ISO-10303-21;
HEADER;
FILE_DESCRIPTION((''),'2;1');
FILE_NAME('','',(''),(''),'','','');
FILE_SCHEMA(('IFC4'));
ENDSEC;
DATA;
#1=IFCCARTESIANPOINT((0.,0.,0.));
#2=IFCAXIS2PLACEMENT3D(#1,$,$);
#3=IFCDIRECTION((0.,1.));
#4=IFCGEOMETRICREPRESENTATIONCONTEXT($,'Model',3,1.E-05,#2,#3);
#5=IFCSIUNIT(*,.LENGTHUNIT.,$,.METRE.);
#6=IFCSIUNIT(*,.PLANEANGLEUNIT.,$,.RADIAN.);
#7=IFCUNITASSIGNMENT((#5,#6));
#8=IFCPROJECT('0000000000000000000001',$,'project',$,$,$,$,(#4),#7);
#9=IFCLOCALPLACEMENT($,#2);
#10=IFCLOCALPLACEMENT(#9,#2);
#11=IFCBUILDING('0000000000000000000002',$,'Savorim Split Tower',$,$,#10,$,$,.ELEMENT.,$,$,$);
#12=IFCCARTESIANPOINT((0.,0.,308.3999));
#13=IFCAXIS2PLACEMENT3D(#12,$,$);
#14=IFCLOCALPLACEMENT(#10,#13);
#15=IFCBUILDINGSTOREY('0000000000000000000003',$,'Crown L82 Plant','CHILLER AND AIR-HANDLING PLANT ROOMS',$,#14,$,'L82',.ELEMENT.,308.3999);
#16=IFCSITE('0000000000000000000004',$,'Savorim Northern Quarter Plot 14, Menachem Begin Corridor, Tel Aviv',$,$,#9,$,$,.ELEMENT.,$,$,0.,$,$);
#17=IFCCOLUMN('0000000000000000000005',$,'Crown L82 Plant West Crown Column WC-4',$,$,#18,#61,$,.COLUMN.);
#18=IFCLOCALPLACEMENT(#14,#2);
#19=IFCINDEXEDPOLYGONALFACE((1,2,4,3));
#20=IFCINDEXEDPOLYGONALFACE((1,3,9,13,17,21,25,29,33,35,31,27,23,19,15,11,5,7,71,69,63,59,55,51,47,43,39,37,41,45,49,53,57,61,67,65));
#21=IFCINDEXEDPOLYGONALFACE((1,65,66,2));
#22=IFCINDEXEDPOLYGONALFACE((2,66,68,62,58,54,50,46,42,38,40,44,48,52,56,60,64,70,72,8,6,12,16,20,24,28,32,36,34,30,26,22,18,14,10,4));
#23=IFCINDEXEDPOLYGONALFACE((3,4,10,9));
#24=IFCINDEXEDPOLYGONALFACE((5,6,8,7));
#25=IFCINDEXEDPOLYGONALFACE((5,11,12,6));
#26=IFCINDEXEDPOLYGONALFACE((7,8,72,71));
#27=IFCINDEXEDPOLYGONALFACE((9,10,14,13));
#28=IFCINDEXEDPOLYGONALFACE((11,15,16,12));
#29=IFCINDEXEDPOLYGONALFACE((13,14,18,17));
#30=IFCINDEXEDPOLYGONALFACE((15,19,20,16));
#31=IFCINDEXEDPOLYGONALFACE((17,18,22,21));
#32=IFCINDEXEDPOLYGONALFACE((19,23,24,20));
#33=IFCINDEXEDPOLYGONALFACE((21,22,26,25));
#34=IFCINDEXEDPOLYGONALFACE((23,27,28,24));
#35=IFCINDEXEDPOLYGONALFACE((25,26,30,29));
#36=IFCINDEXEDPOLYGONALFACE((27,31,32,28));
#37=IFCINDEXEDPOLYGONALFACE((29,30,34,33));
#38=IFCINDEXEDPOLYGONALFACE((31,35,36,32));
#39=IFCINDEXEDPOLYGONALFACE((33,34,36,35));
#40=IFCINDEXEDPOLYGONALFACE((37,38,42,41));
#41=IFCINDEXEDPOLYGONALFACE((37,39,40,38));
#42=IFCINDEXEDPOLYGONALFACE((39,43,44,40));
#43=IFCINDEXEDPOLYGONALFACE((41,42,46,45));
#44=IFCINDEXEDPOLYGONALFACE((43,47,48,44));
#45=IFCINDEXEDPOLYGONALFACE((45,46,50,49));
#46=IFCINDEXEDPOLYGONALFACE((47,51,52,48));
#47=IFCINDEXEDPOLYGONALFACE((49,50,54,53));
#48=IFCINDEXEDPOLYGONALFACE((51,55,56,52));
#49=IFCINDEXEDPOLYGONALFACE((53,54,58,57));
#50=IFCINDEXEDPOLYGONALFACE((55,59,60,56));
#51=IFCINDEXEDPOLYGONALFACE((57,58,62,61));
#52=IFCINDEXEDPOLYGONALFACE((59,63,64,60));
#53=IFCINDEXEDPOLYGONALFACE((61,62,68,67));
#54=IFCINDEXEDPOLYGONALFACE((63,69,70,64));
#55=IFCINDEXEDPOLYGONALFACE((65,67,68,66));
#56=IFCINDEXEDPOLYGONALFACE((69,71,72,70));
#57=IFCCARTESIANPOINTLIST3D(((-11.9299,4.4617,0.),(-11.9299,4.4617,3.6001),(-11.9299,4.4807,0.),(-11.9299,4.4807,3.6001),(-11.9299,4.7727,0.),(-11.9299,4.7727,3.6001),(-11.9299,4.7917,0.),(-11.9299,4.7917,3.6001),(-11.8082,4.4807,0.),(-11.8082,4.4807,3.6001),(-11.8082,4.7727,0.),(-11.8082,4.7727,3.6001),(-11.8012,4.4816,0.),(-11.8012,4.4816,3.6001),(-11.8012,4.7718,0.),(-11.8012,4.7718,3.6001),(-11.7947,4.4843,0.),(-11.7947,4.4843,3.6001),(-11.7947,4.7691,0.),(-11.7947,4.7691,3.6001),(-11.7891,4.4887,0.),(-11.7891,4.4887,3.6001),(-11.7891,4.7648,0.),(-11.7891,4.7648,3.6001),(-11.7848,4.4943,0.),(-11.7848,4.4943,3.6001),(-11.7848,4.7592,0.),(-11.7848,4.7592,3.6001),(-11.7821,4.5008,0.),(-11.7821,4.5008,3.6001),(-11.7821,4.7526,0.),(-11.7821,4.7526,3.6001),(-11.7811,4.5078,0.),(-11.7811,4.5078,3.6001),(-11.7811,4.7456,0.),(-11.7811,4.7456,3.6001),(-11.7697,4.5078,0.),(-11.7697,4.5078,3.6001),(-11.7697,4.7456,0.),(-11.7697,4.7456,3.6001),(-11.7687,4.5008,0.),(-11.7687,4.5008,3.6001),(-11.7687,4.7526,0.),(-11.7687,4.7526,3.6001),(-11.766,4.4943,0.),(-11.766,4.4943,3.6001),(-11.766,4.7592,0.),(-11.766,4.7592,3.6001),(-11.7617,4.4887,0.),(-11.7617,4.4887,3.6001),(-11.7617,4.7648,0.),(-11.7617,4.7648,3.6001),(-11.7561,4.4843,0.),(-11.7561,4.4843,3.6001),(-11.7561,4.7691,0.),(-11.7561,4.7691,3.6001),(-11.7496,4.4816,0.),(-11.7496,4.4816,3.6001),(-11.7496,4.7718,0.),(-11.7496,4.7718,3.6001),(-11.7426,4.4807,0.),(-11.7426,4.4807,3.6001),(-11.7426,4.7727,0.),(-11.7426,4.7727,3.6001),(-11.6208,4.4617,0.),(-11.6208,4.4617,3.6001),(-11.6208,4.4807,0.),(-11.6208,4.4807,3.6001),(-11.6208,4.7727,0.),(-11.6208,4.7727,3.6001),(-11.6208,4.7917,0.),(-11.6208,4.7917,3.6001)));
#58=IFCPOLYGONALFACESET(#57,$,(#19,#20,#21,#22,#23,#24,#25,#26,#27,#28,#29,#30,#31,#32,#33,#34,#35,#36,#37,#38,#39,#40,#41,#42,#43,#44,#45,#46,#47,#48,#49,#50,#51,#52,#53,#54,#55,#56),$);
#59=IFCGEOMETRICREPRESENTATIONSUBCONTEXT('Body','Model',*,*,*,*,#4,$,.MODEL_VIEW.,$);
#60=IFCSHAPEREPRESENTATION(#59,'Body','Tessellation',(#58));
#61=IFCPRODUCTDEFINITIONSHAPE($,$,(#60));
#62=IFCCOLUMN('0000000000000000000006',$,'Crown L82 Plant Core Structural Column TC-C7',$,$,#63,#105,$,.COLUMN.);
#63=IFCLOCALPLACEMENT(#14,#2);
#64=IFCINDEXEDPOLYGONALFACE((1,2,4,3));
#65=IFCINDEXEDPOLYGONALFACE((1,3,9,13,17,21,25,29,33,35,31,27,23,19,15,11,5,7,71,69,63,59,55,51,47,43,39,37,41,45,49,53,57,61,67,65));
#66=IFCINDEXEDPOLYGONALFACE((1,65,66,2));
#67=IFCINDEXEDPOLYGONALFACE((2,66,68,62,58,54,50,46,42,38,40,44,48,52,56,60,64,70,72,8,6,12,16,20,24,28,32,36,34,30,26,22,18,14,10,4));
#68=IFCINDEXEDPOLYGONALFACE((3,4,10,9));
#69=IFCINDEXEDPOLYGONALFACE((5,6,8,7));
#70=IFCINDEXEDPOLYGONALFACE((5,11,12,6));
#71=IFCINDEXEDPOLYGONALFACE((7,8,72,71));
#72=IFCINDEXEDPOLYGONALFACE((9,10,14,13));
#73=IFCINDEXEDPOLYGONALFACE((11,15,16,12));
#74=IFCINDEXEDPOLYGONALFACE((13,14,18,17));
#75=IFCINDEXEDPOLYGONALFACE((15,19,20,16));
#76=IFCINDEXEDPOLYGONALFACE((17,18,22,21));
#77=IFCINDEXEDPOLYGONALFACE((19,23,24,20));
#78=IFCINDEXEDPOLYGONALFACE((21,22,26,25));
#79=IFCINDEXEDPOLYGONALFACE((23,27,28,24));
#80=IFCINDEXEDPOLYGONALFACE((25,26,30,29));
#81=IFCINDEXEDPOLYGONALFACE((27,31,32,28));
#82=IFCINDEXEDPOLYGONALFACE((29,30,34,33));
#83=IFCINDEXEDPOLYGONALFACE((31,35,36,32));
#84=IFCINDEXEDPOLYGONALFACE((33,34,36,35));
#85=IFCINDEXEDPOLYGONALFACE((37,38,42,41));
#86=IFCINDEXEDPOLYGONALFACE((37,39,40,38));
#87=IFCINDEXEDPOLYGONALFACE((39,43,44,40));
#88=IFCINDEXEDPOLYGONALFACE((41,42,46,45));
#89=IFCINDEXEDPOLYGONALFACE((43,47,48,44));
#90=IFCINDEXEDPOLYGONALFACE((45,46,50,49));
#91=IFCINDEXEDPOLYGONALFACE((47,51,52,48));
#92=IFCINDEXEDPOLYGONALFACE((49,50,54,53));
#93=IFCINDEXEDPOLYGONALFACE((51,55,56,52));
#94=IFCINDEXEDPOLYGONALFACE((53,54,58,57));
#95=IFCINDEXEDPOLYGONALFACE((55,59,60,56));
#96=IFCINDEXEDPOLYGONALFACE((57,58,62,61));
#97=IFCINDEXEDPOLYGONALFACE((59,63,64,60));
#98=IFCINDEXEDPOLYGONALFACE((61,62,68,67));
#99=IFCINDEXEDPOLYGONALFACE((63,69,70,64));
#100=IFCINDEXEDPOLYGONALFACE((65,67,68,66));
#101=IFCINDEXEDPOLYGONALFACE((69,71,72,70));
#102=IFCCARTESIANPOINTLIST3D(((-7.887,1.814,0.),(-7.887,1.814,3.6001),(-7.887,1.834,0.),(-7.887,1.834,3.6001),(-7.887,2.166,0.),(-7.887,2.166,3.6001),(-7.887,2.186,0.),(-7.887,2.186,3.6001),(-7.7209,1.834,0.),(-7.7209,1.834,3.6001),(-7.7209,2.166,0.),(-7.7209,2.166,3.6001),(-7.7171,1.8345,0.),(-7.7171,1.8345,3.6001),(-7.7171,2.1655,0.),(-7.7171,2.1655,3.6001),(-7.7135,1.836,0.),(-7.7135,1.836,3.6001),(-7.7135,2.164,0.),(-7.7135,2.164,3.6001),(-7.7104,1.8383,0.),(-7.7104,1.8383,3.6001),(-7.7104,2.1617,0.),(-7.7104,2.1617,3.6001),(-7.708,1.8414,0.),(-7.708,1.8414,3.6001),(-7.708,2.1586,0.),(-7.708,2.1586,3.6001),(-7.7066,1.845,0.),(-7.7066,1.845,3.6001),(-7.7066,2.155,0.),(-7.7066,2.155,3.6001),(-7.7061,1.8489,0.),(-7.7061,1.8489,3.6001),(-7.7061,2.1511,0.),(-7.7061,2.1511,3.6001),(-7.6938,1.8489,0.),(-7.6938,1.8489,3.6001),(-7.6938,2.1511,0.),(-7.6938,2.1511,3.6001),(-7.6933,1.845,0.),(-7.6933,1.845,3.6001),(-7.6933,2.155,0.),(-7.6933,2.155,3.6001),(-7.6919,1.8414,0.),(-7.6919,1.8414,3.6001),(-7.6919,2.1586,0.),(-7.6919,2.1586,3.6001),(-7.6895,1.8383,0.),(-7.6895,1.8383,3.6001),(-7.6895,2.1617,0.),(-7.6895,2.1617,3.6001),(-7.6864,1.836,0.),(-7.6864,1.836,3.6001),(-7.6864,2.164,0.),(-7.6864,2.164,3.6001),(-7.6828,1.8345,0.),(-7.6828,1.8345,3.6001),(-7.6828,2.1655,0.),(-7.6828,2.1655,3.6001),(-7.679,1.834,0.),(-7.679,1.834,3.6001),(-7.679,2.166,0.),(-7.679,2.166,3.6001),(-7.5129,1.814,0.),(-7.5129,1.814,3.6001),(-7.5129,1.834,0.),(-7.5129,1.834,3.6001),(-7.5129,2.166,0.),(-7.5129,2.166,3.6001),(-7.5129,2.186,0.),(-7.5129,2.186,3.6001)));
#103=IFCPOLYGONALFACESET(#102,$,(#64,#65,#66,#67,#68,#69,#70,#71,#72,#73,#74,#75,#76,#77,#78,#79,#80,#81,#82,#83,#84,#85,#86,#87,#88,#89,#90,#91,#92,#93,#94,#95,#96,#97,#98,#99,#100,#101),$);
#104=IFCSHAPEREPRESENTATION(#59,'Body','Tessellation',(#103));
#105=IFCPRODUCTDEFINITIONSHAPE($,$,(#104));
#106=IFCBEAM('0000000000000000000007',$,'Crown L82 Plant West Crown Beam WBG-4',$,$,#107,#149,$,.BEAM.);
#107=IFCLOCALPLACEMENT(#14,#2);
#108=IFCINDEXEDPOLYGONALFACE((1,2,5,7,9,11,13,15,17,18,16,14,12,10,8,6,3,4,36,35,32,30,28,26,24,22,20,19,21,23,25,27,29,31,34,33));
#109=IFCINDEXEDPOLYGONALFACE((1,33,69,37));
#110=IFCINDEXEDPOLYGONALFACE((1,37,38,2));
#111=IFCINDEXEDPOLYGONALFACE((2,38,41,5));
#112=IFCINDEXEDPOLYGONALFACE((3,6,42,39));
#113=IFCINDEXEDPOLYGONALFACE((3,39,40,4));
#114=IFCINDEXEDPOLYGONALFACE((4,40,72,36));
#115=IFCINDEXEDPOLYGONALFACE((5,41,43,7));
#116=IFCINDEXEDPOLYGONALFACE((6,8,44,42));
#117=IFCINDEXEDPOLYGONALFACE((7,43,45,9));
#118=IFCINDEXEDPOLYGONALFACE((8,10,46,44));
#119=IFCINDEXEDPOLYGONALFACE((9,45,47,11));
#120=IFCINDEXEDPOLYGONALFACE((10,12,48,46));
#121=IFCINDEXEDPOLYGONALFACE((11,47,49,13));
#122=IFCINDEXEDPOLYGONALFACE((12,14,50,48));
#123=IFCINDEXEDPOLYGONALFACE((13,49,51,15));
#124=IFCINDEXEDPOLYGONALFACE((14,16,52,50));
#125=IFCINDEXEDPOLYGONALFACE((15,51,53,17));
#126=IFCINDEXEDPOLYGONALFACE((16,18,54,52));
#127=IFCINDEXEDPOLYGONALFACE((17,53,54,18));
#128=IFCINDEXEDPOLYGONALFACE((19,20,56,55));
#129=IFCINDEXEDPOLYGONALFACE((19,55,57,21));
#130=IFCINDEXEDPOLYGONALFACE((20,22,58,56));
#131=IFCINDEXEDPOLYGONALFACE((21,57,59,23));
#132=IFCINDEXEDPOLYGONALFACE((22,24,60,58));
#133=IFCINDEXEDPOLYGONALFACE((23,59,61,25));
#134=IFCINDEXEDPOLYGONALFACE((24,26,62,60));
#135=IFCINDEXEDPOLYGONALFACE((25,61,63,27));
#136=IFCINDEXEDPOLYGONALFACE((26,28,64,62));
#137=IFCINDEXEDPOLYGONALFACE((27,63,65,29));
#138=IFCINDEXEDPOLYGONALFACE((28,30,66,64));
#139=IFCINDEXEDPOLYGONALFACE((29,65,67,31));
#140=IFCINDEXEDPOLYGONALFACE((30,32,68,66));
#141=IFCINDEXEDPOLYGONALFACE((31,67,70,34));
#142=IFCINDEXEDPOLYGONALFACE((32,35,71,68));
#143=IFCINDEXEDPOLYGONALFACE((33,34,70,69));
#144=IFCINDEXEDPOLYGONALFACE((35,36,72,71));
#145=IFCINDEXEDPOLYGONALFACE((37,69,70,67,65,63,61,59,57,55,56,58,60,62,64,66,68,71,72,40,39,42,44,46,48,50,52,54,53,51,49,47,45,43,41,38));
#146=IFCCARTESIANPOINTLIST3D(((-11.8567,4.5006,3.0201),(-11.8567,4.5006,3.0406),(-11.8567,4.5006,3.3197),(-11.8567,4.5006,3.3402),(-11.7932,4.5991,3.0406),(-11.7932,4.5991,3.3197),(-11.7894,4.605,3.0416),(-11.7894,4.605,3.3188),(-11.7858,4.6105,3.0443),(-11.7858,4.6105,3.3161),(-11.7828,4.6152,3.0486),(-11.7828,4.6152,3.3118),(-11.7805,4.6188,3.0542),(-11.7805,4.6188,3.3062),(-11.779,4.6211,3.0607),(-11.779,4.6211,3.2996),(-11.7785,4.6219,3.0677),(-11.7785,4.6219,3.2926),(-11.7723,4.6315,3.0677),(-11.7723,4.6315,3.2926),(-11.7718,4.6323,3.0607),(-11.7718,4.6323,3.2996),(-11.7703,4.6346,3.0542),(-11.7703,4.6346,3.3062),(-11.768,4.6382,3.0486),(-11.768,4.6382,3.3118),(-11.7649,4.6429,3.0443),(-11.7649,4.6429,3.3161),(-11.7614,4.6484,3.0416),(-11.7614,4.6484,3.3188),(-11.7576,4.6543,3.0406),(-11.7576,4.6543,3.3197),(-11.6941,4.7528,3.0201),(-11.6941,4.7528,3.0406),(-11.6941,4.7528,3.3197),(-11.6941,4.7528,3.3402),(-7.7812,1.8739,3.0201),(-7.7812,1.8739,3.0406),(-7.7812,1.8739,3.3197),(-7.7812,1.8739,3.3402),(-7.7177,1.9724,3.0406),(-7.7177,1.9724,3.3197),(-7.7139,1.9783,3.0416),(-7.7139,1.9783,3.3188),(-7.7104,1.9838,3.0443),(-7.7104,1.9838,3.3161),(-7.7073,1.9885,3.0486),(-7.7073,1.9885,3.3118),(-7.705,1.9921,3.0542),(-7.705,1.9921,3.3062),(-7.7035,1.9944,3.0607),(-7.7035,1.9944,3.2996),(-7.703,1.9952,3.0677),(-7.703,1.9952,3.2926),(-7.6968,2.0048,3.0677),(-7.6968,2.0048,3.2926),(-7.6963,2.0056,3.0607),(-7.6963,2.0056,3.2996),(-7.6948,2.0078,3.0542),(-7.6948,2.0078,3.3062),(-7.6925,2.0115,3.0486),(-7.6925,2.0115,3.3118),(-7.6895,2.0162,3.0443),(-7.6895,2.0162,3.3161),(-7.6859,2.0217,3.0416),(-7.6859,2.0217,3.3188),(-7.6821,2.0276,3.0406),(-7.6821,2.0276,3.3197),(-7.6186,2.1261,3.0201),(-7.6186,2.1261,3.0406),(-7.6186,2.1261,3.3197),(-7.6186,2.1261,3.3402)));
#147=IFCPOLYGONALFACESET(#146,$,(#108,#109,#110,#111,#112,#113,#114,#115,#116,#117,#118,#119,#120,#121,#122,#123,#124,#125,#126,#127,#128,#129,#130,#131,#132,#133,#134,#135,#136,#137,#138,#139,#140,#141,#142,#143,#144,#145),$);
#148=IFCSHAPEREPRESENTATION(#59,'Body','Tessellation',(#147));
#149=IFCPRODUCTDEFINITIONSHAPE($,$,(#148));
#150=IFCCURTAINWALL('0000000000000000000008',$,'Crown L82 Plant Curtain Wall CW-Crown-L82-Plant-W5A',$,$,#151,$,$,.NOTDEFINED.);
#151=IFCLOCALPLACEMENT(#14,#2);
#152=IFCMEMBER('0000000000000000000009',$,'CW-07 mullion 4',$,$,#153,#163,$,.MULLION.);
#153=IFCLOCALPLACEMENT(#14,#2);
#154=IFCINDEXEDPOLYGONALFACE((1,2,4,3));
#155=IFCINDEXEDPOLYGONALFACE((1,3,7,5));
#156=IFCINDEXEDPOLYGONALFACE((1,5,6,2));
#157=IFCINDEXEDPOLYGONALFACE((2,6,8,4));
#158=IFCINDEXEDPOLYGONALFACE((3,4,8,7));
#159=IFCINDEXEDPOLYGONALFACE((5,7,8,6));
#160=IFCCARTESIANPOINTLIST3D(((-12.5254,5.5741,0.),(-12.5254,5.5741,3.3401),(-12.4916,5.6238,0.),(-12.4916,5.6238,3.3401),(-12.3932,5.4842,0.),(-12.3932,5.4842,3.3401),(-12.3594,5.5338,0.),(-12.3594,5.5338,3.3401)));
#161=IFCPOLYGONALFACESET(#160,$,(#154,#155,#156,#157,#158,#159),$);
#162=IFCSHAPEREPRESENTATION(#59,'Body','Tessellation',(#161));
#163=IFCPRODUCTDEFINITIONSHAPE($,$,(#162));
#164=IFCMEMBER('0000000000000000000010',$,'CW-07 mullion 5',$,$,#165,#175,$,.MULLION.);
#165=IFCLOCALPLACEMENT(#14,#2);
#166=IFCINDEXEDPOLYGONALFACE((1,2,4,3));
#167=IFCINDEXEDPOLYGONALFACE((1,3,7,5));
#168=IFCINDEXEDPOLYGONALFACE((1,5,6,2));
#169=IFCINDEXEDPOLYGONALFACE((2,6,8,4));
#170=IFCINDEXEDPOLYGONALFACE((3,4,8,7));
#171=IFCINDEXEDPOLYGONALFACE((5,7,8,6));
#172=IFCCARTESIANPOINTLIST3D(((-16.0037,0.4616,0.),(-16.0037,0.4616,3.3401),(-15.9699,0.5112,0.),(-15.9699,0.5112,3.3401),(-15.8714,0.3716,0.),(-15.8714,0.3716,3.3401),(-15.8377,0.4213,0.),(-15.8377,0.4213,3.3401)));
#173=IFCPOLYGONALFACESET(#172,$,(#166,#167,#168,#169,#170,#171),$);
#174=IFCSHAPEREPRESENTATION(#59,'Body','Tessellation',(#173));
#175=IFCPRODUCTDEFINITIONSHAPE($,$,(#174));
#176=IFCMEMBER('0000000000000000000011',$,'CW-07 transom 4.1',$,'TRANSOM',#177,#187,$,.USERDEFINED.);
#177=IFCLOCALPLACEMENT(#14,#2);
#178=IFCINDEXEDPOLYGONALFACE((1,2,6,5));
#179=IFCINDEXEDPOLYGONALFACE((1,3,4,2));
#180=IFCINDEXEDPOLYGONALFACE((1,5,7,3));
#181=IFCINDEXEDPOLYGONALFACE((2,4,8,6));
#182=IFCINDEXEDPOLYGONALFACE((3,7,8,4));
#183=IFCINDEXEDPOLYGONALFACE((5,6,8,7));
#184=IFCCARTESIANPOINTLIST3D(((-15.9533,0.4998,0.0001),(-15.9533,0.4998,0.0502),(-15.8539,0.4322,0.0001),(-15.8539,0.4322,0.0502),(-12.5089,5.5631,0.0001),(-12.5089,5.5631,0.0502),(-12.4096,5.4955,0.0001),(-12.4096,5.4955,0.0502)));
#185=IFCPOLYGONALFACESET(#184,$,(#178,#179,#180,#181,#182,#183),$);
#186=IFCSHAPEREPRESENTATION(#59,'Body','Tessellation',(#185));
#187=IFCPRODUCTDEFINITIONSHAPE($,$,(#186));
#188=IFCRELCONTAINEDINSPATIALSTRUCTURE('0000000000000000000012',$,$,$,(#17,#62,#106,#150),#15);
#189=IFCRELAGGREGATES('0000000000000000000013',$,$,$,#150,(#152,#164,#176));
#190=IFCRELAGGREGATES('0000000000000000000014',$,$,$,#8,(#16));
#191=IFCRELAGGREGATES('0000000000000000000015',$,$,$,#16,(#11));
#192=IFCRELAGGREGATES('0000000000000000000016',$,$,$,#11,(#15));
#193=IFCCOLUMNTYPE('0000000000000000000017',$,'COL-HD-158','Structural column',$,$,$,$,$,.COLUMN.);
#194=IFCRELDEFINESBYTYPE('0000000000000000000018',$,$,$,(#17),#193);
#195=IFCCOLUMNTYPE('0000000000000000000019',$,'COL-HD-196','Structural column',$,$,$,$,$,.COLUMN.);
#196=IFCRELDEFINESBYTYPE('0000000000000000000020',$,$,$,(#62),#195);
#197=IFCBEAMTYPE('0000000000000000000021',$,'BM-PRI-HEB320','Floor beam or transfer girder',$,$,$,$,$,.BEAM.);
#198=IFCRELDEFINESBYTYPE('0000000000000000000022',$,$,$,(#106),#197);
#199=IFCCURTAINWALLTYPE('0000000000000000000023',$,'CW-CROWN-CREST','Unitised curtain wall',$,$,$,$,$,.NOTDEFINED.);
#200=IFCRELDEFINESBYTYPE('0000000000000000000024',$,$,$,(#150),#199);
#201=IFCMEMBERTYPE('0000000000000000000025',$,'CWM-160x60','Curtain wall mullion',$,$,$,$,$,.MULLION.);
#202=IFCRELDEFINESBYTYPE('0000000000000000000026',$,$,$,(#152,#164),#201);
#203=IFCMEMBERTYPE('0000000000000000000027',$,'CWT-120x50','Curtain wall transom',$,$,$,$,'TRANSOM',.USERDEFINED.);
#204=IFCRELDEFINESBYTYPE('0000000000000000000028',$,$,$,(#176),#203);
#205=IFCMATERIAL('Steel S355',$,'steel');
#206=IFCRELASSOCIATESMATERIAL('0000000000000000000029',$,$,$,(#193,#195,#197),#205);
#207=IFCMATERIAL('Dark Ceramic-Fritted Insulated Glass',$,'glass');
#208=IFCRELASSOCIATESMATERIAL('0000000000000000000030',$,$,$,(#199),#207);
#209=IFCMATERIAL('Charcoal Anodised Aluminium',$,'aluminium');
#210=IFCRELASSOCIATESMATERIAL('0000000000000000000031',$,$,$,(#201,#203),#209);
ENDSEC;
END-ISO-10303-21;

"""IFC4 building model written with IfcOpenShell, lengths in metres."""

from ifc_helpers import new_model, si_unit, direction, frame, origin, origin_2d, place, context, subcontext, project, spatial, rectangle, i_section, extrude, material, material_profile, profile_set, type_object, element, aggregate, save


model = new_model("IFC4")

# Units and contexts
model_context = context("Model", 3, precision=1e-05, world=origin(), true_north=direction((0.0, 1.0)))
body_context = subcontext(model_context, "Body", "Model", "MODEL_VIEW")
ifc_project = project(units=[si_unit("LENGTHUNIT", "METRE"), si_unit("PLANEANGLEUNIT", "RADIAN")], contexts=[model_context])

# Site, building, storey
site_placement = place(None, origin())
site = spatial("IfcSite", under=ifc_project, at=site_placement, Name="Savorim Northern Quarter Plot 14, Menachem Begin Corridor, Tel Aviv", CompositionType="ELEMENT", RefElevation=0.0)
building_placement = place(site_placement, origin())
building = spatial("IfcBuilding", under=site, at=building_placement, Name="Savorim Split Tower", CompositionType="ELEMENT")
storey_placement = place(building_placement, frame((0.0, 0.0, 308.3999)))
storey = spatial("IfcBuildingStorey", under=building, at=storey_placement, Name="Crown L82 Plant", Description="CHILLER AND AIR-HANDLING PLANT ROOMS", LongName="L82", CompositionType="ELEMENT", Elevation=308.3999)

# Columns
ifc_material_1 = material(Name="Steel S355", Category="steel")
ifc_material_profile_1 = material_profile(ifc_material_1, i_section(OverallWidth=0.3091, OverallDepth=0.3301, WebThickness=0.0115, FlangeThickness=0.019, FilletRadius=0.0271, at=origin_2d()), Name="HD 320x158")
ifc_profile_set_1 = profile_set([ifc_material_profile_1], Name="Steel S355")
column_type_1 = type_object("IfcColumnType", Name="COL-HD-158", Description="Structural column", PredefinedType="COLUMN", material=ifc_profile_set_1)
column_1_placement = place(storey_placement, frame((-11.7754, 4.6267, 0.0), z_axis=(0.0, 0.0, 1.0), x_axis=(1.0, 0.0, 0.0)))
element("IfcColumn", 1, at=column_1_placement, inside=storey, type_object=column_type_1, Name="Crown L82 Plant West Crown Column WC-4", PredefinedType="COLUMN", context=body_context, shape_type="SweptSolid", body=[
    extrude(i_section(OverallWidth=0.3091, OverallDepth=0.3301, WebThickness=0.0115, FlangeThickness=0.019, FilletRadius=0.0271, at=origin_2d()), origin(), (0.0, 0.0, 1.0), 3.6001),
])
ifc_material_profile_2 = material_profile(ifc_material_1, i_section(OverallWidth=0.374, OverallDepth=0.3721, WebThickness=0.0122, FlangeThickness=0.02, FilletRadius=0.0149, at=origin_2d()), Name="HD 360x196")
ifc_profile_set_2 = profile_set([ifc_material_profile_2], Name="Steel S355")
column_type_2 = type_object("IfcColumnType", Name="COL-HD-196", Description="Structural column", PredefinedType="COLUMN", material=ifc_profile_set_2)
column_2_placement = place(storey_placement, frame((-7.7, 2.0, 0.0), z_axis=(0.0, 0.0, 1.0), x_axis=(1.0, 0.0, 0.0)))
element("IfcColumn", 2, at=column_2_placement, inside=storey, type_object=column_type_2, Name="Crown L82 Plant Core Structural Column TC-C7", PredefinedType="COLUMN", context=body_context, shape_type="SweptSolid", body=[
    extrude(i_section(OverallWidth=0.374, OverallDepth=0.3721, WebThickness=0.0122, FlangeThickness=0.02, FilletRadius=0.0149, at=origin_2d()), origin(), (0.0, 0.0, 1.0), 3.6001),
])

# Beam
ifc_material_profile_3 = material_profile(ifc_material_1, i_section(OverallWidth=0.3, OverallDepth=0.3201, WebThickness=0.0115, FlangeThickness=0.0205, FilletRadius=0.0271, at=origin_2d()), Name="HEB 320")
ifc_profile_set_3 = profile_set([ifc_material_profile_3], Name="Steel S355")
beam_type = type_object("IfcBeamType", Name="BM-PRI-HEB320", Description="Floor beam or transfer girder", PredefinedType="BEAM", material=ifc_profile_set_3)
beam_placement = place(storey_placement, frame((-11.7754, 4.6267, 3.1802), z_axis=(0.840541, -0.541747, 0.0), x_axis=(0.541747, 0.840541, 0.0)))
element("IfcBeam", 3, at=beam_placement, inside=storey, type_object=beam_type, Name="Crown L82 Plant West Crown Beam WBG-4", PredefinedType="BEAM", context=body_context, shape_type="SweptSolid", body=[
    extrude(i_section(OverallWidth=0.3, OverallDepth=0.3201, WebThickness=0.0115, FlangeThickness=0.0205, FilletRadius=0.0271, at=origin_2d()), origin(), (0.0, 0.0, 1.0), 4.8486),
])

# Curtain wall, members
ifc_material_2 = material(Name="Dark Ceramic-Fritted Insulated Glass", Category="glass")
curtain_wall_type = type_object("IfcCurtainWallType", Name="CW-CROWN-CREST", Description="Unitised curtain wall", PredefinedType="NOTDEFINED", material=ifc_material_2)
curtain_wall_placement = place(storey_placement, origin())
curtain_wall = element("IfcCurtainWall", 4, at=curtain_wall_placement, inside=storey, type_object=curtain_wall_type, Name="Crown L82 Plant Curtain Wall CW-Crown-L82-Plant-W5A", PredefinedType="NOTDEFINED")
ifc_material_3 = material(Name="Charcoal Anodised Aluminium", Category="aluminium")
ifc_material_profile_4 = material_profile(ifc_material_3, rectangle(XDim=0.1599, YDim=0.0601, at=origin_2d()), Name="ALU-M 160x60")
ifc_profile_set_4 = profile_set([ifc_material_profile_4], Name="Charcoal Anodised Aluminium")
member_type_1 = type_object("IfcMemberType", Name="CWM-160x60", Description="Curtain wall mullion", PredefinedType="MULLION", material=ifc_profile_set_4)
member_1_placement = place(storey_placement, frame((-12.4424, 5.554, 0.0), z_axis=(0.0, 0.0, 1.0), x_axis=(0.82682, -0.562466, 0.0)))
member_1 = element("IfcMember", 5, at=member_1_placement, type_object=member_type_1, Name="CW-07 mullion 4", PredefinedType="MULLION", context=body_context, shape_type="SweptSolid", body=[
    extrude(rectangle(XDim=0.1599, YDim=0.0601, at=origin_2d()), origin(), (0.0, 0.0, 1.0), 3.3401),
])
member_2_placement = place(storey_placement, frame((-15.9207, 0.4414, 0.0), z_axis=(0.0, 0.0, 1.0), x_axis=(0.82682, -0.562466, 0.0)))
member_2 = element("IfcMember", 6, at=member_2_placement, type_object=member_type_1, Name="CW-07 mullion 5", PredefinedType="MULLION", context=body_context, shape_type="SweptSolid", body=[
    extrude(rectangle(XDim=0.1599, YDim=0.0601, at=origin_2d()), origin(), (0.0, 0.0, 1.0), 3.3401),
])
ifc_material_profile_5 = material_profile(ifc_material_3, rectangle(XDim=0.1201, YDim=0.05, at=origin_2d()), Name="ALU-T 120x50")
ifc_profile_set_5 = profile_set([ifc_material_profile_5], Name="Charcoal Anodised Aluminium")
member_type_2 = type_object("IfcMemberType", Name="CWT-120x50", Description="Curtain wall transom", ElementType="TRANSOM", PredefinedType="USERDEFINED", material=ifc_profile_set_5)
member_3_placement = place(storey_placement, frame((-12.4592, 5.5293, 0.0251), z_axis=(-0.562459, -0.826825, 0.0), x_axis=(0.826825, -0.562459, 0.0)))
member_3 = element("IfcMember", 7, at=member_3_placement, type_object=member_type_2, Name="CW-07 transom 4.1", ObjectType="TRANSOM", PredefinedType="USERDEFINED", context=body_context, shape_type="SweptSolid", body=[
    extrude(rectangle(XDim=0.1201, YDim=0.05, at=origin_2d()), origin(), (0.0, 0.0, 1.0), 6.1238),
])
aggregate(curtain_wall, [member_1, member_2, member_3])

save(model, "model.ifc")
